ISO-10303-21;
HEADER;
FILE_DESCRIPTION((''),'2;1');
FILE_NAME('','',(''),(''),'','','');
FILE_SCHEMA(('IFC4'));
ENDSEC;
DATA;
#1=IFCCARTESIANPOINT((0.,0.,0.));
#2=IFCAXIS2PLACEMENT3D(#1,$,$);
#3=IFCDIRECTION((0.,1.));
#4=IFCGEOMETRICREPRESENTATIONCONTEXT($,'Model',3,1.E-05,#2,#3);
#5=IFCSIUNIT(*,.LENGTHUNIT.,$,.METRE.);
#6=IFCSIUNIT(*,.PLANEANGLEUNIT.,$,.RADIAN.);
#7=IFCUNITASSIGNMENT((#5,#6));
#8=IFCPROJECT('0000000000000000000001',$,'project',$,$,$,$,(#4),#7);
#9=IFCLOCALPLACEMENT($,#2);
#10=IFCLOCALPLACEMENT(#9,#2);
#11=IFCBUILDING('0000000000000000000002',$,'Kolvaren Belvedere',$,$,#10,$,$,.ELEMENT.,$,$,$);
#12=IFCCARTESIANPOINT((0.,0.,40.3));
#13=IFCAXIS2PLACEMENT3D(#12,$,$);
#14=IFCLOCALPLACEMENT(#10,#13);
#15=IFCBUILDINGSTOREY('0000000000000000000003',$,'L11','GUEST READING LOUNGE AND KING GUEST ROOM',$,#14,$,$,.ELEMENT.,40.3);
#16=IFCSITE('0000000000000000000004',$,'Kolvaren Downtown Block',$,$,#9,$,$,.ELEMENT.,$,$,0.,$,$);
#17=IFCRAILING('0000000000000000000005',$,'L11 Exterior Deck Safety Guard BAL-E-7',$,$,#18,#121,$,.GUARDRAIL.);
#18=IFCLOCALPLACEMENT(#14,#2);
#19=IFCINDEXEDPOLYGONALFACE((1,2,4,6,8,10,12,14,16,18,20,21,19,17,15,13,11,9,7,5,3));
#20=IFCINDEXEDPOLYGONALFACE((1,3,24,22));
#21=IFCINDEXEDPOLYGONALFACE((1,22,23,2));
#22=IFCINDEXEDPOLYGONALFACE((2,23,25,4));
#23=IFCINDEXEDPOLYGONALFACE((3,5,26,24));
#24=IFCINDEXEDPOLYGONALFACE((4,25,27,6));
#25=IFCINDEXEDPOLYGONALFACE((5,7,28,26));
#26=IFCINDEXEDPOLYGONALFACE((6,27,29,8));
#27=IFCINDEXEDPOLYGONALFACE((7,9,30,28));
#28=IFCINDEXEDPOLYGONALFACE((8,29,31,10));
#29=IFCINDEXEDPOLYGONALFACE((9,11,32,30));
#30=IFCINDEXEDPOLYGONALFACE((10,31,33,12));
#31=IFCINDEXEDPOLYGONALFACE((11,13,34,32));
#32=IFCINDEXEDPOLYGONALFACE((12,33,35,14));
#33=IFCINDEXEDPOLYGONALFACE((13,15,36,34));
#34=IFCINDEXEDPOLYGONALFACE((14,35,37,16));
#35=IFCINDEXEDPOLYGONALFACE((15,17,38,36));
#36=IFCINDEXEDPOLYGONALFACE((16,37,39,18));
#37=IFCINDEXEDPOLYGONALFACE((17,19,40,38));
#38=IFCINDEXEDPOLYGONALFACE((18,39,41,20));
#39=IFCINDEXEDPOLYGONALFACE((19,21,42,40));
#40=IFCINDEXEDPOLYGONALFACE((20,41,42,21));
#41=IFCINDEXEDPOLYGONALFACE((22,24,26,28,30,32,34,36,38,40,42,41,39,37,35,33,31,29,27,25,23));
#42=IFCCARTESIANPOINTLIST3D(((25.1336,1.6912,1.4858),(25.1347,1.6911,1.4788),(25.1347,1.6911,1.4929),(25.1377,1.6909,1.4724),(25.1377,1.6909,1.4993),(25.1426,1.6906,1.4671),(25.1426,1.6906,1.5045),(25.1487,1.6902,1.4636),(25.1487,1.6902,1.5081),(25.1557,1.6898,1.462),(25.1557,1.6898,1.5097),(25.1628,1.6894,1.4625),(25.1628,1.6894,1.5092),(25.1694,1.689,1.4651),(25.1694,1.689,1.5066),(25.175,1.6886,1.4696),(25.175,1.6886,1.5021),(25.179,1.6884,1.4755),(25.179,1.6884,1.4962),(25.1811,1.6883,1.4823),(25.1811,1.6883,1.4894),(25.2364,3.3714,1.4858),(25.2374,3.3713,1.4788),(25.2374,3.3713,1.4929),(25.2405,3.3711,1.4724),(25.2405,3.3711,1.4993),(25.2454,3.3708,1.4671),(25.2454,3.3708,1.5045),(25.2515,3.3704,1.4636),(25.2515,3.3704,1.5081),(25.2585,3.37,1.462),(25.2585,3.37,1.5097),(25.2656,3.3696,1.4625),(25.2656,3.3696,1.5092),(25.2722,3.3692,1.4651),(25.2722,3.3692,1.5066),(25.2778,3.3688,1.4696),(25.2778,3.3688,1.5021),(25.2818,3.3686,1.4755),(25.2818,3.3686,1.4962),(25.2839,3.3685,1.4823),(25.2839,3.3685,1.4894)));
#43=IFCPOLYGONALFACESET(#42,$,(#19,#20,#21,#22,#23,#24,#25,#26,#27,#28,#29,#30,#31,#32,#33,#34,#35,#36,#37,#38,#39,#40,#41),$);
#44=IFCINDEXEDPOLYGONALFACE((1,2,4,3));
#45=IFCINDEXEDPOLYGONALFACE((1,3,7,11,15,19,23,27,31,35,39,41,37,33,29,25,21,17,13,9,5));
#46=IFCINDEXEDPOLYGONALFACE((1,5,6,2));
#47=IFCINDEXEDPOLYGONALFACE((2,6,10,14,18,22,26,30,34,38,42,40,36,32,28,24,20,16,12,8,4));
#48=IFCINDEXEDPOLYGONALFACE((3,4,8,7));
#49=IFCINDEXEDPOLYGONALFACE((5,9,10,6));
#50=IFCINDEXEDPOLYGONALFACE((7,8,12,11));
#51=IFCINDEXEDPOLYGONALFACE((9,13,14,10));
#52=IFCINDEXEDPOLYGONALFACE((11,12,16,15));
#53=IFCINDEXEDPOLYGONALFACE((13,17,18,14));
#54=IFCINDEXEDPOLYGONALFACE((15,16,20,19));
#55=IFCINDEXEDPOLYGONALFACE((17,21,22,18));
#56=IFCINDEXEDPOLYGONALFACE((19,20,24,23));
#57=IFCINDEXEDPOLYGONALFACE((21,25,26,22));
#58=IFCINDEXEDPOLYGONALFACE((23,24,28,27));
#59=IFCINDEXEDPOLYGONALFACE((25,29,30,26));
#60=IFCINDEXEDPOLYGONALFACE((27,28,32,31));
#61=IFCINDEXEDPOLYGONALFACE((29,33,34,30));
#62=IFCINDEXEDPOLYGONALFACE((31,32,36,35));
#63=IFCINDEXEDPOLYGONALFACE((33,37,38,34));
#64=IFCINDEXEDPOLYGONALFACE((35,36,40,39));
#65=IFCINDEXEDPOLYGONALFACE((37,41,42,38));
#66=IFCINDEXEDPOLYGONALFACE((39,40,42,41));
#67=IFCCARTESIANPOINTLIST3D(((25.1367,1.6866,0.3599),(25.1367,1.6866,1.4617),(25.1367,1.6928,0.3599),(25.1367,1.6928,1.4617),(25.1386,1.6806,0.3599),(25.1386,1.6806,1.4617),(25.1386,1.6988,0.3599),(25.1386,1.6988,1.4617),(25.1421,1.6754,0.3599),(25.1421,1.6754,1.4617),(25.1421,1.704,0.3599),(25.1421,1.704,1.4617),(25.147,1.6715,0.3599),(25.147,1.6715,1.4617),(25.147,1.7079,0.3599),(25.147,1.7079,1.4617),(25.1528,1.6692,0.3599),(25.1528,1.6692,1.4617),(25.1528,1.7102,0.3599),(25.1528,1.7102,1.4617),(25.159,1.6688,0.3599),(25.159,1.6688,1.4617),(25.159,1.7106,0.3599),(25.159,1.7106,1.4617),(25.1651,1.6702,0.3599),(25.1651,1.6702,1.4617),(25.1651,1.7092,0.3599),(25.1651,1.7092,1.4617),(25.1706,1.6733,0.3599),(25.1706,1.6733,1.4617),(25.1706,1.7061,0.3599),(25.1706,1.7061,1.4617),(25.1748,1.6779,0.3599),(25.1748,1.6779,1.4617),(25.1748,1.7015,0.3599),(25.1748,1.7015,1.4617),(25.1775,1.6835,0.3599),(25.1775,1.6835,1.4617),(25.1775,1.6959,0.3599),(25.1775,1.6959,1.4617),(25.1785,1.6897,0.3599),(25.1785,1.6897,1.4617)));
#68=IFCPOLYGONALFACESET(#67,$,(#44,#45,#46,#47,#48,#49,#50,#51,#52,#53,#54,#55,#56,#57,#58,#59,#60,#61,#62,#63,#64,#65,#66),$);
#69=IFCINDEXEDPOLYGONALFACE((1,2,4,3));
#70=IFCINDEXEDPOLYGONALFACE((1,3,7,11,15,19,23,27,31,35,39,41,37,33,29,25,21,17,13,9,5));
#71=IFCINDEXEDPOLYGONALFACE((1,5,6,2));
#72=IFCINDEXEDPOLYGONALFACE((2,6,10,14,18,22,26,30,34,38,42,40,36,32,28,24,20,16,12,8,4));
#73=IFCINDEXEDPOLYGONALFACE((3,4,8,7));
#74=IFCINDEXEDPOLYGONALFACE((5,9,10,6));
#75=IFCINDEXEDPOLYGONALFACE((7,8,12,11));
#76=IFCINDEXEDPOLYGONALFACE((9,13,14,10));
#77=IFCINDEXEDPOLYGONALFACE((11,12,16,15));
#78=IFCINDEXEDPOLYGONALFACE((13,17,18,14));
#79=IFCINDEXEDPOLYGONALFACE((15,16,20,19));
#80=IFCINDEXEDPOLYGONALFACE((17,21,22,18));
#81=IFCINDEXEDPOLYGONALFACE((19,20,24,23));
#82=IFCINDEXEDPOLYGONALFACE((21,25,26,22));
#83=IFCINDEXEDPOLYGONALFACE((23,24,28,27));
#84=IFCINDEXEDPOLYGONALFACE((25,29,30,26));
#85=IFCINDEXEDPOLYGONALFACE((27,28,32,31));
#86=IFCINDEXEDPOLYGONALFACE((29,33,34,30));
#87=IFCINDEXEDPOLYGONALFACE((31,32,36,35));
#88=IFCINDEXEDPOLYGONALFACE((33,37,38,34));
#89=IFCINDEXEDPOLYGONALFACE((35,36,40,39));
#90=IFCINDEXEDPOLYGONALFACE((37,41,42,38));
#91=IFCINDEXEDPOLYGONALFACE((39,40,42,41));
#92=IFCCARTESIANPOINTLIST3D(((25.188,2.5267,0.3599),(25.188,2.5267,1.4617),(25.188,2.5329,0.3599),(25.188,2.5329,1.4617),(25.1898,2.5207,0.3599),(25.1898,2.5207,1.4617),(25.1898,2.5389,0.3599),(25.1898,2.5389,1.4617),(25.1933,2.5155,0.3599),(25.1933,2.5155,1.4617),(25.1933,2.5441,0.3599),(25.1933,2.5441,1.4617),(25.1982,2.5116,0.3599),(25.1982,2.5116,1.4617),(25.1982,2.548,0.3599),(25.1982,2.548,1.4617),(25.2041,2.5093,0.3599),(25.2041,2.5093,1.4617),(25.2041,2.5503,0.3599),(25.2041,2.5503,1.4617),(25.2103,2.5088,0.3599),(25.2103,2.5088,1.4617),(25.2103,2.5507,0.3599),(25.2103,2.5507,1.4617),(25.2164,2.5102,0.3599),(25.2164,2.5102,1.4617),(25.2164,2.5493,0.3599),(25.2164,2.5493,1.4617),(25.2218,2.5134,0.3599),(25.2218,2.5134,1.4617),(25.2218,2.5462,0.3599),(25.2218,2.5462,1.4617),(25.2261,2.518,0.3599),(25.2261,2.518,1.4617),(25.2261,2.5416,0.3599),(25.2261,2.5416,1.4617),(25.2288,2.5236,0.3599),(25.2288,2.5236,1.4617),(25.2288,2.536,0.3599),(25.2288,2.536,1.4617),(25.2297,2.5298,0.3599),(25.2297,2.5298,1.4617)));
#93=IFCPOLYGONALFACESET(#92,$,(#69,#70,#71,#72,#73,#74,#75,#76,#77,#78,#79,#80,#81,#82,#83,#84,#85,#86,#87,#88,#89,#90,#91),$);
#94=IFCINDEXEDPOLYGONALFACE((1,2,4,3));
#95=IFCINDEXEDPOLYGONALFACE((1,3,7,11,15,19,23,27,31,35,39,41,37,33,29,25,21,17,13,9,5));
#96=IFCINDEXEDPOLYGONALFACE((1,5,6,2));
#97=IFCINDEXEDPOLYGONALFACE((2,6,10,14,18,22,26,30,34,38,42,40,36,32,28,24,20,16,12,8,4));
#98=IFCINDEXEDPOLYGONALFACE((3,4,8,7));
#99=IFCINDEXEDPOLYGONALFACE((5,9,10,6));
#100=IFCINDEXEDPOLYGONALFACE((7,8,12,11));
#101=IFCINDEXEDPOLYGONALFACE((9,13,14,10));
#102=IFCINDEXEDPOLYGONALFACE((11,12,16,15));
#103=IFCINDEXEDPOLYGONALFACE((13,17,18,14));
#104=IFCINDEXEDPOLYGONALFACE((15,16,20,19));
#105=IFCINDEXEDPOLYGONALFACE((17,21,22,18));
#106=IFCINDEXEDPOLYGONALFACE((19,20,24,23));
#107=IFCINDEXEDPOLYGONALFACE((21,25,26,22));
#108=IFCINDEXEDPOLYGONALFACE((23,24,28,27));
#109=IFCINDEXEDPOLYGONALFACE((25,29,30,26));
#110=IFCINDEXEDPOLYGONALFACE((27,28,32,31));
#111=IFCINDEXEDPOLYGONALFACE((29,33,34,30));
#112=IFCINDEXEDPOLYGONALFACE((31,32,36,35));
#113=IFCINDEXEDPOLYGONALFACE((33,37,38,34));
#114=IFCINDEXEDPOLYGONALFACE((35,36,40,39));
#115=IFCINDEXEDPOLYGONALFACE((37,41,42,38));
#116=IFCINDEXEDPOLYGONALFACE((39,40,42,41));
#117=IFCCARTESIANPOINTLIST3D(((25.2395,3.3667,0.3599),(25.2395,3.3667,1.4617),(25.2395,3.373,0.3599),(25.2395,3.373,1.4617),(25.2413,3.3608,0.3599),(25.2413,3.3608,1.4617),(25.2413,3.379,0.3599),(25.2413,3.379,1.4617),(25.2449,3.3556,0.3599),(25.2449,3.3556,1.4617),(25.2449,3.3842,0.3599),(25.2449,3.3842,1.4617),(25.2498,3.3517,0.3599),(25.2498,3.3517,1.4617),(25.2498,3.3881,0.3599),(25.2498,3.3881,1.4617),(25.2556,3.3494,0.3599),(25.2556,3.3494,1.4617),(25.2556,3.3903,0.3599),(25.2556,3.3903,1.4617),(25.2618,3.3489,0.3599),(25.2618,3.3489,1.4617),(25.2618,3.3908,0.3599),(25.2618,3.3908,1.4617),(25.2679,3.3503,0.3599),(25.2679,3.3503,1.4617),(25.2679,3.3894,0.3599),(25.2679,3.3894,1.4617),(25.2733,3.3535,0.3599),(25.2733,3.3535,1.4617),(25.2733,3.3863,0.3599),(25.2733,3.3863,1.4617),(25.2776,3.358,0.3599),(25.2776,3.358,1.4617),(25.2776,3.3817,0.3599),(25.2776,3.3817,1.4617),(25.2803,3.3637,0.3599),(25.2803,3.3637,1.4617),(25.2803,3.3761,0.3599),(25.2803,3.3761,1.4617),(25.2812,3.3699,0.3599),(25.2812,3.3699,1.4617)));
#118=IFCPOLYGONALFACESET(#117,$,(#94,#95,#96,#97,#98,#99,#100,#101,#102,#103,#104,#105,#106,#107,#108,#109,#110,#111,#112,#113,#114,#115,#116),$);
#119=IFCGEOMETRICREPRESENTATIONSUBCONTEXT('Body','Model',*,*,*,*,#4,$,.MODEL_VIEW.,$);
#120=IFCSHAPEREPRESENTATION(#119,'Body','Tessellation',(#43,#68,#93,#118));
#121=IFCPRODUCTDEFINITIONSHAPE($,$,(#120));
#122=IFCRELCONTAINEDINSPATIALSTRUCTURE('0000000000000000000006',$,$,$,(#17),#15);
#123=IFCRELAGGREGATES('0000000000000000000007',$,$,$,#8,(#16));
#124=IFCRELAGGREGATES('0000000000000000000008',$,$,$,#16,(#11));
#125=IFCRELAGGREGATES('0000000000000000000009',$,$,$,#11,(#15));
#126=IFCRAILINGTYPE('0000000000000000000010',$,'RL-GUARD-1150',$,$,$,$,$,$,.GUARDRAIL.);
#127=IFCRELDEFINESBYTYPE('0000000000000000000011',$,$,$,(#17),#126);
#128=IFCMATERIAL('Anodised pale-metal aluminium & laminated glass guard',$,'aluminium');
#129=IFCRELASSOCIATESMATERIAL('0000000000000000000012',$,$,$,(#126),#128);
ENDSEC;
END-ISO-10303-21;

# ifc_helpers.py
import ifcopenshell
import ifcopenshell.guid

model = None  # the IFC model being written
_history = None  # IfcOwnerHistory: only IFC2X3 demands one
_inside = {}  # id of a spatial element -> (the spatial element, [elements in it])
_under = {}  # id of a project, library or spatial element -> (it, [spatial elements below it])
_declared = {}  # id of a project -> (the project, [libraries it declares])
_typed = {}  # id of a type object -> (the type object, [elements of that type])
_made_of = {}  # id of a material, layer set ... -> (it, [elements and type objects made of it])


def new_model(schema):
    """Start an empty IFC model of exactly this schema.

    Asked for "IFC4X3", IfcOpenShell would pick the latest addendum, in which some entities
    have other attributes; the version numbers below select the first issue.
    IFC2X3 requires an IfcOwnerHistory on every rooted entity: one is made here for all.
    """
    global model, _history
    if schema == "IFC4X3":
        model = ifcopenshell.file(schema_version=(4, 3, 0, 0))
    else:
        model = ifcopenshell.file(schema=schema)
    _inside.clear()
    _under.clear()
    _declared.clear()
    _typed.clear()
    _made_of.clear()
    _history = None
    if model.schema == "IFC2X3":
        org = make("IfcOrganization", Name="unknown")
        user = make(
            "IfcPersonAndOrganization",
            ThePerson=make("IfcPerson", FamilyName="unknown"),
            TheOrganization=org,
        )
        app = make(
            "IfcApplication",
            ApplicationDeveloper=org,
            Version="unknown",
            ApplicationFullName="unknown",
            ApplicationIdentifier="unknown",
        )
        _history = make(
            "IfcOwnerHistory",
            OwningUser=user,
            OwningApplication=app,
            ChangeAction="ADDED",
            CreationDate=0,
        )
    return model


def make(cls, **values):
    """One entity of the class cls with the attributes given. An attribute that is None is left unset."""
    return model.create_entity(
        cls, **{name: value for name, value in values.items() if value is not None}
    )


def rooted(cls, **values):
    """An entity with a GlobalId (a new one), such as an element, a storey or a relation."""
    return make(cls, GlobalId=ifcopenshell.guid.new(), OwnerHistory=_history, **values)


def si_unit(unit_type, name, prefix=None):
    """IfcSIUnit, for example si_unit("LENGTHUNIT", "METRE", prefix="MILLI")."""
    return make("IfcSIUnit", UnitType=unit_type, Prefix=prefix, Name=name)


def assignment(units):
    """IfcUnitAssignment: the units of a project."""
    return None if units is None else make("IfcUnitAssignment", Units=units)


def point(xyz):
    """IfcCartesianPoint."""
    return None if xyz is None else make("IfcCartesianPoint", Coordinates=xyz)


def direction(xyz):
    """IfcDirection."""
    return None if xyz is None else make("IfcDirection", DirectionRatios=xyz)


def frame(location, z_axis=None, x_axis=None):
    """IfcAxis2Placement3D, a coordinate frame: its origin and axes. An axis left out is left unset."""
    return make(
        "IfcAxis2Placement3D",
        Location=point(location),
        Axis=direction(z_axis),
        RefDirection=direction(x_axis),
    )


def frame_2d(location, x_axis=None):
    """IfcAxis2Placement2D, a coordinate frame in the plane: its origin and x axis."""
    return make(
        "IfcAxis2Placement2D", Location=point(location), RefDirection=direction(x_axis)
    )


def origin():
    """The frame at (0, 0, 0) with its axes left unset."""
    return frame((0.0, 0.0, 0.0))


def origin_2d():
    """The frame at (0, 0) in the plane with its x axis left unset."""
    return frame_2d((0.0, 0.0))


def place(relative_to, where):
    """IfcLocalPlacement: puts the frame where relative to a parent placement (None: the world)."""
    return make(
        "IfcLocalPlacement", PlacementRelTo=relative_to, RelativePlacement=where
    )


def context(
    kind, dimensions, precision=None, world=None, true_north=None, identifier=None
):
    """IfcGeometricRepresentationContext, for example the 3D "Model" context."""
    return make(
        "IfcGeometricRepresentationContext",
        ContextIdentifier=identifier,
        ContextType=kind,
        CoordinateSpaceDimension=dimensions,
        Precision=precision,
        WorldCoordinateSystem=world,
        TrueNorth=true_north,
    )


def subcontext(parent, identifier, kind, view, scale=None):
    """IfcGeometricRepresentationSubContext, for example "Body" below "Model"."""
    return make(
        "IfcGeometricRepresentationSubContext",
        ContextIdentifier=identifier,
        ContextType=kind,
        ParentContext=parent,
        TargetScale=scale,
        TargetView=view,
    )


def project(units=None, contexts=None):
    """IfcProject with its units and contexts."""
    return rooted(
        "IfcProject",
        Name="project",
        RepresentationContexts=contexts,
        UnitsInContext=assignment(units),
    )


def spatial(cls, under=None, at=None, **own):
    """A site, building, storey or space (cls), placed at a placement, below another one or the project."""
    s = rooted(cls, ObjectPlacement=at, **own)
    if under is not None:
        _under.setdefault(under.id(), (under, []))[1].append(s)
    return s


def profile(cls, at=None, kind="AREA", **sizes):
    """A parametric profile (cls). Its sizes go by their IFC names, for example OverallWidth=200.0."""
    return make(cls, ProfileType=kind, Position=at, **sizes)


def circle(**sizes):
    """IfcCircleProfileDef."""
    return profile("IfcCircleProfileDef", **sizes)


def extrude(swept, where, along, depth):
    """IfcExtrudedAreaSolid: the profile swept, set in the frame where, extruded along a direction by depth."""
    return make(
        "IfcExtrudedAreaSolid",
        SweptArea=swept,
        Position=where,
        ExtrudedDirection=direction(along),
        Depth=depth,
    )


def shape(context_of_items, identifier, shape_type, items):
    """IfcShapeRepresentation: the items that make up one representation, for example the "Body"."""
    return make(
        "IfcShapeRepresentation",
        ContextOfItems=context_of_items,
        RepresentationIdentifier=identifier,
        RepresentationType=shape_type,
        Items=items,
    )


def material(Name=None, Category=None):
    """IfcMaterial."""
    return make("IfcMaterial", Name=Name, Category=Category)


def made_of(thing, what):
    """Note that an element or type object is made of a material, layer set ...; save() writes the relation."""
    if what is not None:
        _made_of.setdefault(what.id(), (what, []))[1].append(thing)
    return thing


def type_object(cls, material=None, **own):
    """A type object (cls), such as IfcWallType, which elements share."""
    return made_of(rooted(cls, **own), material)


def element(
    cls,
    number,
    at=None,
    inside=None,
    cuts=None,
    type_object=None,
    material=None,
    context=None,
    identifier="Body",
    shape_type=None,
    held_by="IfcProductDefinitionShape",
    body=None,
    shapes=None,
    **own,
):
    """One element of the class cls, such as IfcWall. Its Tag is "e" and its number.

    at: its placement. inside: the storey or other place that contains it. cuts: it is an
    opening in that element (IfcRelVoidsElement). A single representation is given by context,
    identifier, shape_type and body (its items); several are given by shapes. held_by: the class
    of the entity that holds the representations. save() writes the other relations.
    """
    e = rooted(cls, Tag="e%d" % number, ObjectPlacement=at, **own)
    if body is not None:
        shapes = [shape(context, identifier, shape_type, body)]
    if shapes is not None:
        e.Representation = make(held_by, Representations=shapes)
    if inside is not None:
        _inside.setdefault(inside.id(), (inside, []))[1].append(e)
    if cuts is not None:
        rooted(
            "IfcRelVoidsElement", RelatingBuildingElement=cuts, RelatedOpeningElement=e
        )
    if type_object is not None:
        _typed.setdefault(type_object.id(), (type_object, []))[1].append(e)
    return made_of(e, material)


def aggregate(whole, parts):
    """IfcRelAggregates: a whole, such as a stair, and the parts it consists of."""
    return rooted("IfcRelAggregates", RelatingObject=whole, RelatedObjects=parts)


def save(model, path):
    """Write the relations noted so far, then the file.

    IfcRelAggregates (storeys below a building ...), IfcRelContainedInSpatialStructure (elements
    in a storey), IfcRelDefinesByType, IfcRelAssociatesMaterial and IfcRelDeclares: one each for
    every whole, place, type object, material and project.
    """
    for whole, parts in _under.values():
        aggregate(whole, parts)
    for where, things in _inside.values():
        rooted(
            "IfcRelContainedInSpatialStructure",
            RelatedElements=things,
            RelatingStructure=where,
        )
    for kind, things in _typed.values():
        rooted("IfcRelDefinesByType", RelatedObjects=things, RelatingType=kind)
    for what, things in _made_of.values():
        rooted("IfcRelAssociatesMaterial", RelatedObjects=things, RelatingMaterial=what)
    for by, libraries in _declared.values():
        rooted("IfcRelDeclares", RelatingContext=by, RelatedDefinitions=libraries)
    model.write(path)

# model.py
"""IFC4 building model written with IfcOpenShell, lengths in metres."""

from ifc_helpers import new_model, si_unit, direction, frame, origin, origin_2d, place, context, subcontext, project, spatial, circle, extrude, material, type_object, element, save


model = new_model("IFC4")

# Units and contexts
model_context = context("Model", 3, precision=1e-05, world=origin(), true_north=direction((0.0, 1.0)))
body_context = subcontext(model_context, "Body", "Model", "MODEL_VIEW")
ifc_project = project(units=[si_unit("LENGTHUNIT", "METRE"), si_unit("PLANEANGLEUNIT", "RADIAN")], contexts=[model_context])

# Site, building, storey
site_placement = place(None, origin())
site = spatial("IfcSite", under=ifc_project, at=site_placement, Name="Kolvaren Downtown Block", CompositionType="ELEMENT", RefElevation=0.0)
building_placement = place(site_placement, origin())
building = spatial("IfcBuilding", under=site, at=building_placement, Name="Kolvaren Belvedere", CompositionType="ELEMENT")
storey_placement = place(building_placement, frame((0.0, 0.0, 40.3)))
storey = spatial("IfcBuildingStorey", under=building, at=storey_placement, Name="L11", Description="GUEST READING LOUNGE AND KING GUEST ROOM", CompositionType="ELEMENT", Elevation=40.3)

# Railing
ifc_material_1 = material(Name="Anodised pale-metal aluminium & laminated glass guard", Category="aluminium")
railing_type = type_object("IfcRailingType", Name="RL-GUARD-1150", PredefinedType="GUARDRAIL", material=ifc_material_1)
railing_1_placement = place(storey_placement, frame((25.1575, 1.6897, 0.3599)))
element("IfcRailing", 1, at=railing_1_placement, inside=storey, type_object=railing_type, Name="L11 Exterior Deck Safety Guard BAL-E-7", PredefinedType="GUARDRAIL", context=body_context, shape_type="SweptSolid", body=[
    extrude(circle(Radius=0.0239, at=origin_2d()), frame((0.0, 0.0, 1.126), z_axis=(0.06106, 0.998134, 0.0), x_axis=(-0.998134, 0.06106, 0.0)), (0.0, 0.0, 1.0), 1.6833),
    extrude(circle(Radius=0.021, at=origin_2d()), origin(), (0.0, 0.0, 1.0), 1.1018),
    extrude(circle(Radius=0.021, at=origin_2d()), frame((0.0513, 0.8401, 0.0)), (0.0, 0.0, 1.0), 1.1018),
    extrude(circle(Radius=0.021, at=origin_2d()), frame((0.1028, 1.6802, 0.0)), (0.0, 0.0, 1.0), 1.1018),
])

save(model, "model.ifc")
